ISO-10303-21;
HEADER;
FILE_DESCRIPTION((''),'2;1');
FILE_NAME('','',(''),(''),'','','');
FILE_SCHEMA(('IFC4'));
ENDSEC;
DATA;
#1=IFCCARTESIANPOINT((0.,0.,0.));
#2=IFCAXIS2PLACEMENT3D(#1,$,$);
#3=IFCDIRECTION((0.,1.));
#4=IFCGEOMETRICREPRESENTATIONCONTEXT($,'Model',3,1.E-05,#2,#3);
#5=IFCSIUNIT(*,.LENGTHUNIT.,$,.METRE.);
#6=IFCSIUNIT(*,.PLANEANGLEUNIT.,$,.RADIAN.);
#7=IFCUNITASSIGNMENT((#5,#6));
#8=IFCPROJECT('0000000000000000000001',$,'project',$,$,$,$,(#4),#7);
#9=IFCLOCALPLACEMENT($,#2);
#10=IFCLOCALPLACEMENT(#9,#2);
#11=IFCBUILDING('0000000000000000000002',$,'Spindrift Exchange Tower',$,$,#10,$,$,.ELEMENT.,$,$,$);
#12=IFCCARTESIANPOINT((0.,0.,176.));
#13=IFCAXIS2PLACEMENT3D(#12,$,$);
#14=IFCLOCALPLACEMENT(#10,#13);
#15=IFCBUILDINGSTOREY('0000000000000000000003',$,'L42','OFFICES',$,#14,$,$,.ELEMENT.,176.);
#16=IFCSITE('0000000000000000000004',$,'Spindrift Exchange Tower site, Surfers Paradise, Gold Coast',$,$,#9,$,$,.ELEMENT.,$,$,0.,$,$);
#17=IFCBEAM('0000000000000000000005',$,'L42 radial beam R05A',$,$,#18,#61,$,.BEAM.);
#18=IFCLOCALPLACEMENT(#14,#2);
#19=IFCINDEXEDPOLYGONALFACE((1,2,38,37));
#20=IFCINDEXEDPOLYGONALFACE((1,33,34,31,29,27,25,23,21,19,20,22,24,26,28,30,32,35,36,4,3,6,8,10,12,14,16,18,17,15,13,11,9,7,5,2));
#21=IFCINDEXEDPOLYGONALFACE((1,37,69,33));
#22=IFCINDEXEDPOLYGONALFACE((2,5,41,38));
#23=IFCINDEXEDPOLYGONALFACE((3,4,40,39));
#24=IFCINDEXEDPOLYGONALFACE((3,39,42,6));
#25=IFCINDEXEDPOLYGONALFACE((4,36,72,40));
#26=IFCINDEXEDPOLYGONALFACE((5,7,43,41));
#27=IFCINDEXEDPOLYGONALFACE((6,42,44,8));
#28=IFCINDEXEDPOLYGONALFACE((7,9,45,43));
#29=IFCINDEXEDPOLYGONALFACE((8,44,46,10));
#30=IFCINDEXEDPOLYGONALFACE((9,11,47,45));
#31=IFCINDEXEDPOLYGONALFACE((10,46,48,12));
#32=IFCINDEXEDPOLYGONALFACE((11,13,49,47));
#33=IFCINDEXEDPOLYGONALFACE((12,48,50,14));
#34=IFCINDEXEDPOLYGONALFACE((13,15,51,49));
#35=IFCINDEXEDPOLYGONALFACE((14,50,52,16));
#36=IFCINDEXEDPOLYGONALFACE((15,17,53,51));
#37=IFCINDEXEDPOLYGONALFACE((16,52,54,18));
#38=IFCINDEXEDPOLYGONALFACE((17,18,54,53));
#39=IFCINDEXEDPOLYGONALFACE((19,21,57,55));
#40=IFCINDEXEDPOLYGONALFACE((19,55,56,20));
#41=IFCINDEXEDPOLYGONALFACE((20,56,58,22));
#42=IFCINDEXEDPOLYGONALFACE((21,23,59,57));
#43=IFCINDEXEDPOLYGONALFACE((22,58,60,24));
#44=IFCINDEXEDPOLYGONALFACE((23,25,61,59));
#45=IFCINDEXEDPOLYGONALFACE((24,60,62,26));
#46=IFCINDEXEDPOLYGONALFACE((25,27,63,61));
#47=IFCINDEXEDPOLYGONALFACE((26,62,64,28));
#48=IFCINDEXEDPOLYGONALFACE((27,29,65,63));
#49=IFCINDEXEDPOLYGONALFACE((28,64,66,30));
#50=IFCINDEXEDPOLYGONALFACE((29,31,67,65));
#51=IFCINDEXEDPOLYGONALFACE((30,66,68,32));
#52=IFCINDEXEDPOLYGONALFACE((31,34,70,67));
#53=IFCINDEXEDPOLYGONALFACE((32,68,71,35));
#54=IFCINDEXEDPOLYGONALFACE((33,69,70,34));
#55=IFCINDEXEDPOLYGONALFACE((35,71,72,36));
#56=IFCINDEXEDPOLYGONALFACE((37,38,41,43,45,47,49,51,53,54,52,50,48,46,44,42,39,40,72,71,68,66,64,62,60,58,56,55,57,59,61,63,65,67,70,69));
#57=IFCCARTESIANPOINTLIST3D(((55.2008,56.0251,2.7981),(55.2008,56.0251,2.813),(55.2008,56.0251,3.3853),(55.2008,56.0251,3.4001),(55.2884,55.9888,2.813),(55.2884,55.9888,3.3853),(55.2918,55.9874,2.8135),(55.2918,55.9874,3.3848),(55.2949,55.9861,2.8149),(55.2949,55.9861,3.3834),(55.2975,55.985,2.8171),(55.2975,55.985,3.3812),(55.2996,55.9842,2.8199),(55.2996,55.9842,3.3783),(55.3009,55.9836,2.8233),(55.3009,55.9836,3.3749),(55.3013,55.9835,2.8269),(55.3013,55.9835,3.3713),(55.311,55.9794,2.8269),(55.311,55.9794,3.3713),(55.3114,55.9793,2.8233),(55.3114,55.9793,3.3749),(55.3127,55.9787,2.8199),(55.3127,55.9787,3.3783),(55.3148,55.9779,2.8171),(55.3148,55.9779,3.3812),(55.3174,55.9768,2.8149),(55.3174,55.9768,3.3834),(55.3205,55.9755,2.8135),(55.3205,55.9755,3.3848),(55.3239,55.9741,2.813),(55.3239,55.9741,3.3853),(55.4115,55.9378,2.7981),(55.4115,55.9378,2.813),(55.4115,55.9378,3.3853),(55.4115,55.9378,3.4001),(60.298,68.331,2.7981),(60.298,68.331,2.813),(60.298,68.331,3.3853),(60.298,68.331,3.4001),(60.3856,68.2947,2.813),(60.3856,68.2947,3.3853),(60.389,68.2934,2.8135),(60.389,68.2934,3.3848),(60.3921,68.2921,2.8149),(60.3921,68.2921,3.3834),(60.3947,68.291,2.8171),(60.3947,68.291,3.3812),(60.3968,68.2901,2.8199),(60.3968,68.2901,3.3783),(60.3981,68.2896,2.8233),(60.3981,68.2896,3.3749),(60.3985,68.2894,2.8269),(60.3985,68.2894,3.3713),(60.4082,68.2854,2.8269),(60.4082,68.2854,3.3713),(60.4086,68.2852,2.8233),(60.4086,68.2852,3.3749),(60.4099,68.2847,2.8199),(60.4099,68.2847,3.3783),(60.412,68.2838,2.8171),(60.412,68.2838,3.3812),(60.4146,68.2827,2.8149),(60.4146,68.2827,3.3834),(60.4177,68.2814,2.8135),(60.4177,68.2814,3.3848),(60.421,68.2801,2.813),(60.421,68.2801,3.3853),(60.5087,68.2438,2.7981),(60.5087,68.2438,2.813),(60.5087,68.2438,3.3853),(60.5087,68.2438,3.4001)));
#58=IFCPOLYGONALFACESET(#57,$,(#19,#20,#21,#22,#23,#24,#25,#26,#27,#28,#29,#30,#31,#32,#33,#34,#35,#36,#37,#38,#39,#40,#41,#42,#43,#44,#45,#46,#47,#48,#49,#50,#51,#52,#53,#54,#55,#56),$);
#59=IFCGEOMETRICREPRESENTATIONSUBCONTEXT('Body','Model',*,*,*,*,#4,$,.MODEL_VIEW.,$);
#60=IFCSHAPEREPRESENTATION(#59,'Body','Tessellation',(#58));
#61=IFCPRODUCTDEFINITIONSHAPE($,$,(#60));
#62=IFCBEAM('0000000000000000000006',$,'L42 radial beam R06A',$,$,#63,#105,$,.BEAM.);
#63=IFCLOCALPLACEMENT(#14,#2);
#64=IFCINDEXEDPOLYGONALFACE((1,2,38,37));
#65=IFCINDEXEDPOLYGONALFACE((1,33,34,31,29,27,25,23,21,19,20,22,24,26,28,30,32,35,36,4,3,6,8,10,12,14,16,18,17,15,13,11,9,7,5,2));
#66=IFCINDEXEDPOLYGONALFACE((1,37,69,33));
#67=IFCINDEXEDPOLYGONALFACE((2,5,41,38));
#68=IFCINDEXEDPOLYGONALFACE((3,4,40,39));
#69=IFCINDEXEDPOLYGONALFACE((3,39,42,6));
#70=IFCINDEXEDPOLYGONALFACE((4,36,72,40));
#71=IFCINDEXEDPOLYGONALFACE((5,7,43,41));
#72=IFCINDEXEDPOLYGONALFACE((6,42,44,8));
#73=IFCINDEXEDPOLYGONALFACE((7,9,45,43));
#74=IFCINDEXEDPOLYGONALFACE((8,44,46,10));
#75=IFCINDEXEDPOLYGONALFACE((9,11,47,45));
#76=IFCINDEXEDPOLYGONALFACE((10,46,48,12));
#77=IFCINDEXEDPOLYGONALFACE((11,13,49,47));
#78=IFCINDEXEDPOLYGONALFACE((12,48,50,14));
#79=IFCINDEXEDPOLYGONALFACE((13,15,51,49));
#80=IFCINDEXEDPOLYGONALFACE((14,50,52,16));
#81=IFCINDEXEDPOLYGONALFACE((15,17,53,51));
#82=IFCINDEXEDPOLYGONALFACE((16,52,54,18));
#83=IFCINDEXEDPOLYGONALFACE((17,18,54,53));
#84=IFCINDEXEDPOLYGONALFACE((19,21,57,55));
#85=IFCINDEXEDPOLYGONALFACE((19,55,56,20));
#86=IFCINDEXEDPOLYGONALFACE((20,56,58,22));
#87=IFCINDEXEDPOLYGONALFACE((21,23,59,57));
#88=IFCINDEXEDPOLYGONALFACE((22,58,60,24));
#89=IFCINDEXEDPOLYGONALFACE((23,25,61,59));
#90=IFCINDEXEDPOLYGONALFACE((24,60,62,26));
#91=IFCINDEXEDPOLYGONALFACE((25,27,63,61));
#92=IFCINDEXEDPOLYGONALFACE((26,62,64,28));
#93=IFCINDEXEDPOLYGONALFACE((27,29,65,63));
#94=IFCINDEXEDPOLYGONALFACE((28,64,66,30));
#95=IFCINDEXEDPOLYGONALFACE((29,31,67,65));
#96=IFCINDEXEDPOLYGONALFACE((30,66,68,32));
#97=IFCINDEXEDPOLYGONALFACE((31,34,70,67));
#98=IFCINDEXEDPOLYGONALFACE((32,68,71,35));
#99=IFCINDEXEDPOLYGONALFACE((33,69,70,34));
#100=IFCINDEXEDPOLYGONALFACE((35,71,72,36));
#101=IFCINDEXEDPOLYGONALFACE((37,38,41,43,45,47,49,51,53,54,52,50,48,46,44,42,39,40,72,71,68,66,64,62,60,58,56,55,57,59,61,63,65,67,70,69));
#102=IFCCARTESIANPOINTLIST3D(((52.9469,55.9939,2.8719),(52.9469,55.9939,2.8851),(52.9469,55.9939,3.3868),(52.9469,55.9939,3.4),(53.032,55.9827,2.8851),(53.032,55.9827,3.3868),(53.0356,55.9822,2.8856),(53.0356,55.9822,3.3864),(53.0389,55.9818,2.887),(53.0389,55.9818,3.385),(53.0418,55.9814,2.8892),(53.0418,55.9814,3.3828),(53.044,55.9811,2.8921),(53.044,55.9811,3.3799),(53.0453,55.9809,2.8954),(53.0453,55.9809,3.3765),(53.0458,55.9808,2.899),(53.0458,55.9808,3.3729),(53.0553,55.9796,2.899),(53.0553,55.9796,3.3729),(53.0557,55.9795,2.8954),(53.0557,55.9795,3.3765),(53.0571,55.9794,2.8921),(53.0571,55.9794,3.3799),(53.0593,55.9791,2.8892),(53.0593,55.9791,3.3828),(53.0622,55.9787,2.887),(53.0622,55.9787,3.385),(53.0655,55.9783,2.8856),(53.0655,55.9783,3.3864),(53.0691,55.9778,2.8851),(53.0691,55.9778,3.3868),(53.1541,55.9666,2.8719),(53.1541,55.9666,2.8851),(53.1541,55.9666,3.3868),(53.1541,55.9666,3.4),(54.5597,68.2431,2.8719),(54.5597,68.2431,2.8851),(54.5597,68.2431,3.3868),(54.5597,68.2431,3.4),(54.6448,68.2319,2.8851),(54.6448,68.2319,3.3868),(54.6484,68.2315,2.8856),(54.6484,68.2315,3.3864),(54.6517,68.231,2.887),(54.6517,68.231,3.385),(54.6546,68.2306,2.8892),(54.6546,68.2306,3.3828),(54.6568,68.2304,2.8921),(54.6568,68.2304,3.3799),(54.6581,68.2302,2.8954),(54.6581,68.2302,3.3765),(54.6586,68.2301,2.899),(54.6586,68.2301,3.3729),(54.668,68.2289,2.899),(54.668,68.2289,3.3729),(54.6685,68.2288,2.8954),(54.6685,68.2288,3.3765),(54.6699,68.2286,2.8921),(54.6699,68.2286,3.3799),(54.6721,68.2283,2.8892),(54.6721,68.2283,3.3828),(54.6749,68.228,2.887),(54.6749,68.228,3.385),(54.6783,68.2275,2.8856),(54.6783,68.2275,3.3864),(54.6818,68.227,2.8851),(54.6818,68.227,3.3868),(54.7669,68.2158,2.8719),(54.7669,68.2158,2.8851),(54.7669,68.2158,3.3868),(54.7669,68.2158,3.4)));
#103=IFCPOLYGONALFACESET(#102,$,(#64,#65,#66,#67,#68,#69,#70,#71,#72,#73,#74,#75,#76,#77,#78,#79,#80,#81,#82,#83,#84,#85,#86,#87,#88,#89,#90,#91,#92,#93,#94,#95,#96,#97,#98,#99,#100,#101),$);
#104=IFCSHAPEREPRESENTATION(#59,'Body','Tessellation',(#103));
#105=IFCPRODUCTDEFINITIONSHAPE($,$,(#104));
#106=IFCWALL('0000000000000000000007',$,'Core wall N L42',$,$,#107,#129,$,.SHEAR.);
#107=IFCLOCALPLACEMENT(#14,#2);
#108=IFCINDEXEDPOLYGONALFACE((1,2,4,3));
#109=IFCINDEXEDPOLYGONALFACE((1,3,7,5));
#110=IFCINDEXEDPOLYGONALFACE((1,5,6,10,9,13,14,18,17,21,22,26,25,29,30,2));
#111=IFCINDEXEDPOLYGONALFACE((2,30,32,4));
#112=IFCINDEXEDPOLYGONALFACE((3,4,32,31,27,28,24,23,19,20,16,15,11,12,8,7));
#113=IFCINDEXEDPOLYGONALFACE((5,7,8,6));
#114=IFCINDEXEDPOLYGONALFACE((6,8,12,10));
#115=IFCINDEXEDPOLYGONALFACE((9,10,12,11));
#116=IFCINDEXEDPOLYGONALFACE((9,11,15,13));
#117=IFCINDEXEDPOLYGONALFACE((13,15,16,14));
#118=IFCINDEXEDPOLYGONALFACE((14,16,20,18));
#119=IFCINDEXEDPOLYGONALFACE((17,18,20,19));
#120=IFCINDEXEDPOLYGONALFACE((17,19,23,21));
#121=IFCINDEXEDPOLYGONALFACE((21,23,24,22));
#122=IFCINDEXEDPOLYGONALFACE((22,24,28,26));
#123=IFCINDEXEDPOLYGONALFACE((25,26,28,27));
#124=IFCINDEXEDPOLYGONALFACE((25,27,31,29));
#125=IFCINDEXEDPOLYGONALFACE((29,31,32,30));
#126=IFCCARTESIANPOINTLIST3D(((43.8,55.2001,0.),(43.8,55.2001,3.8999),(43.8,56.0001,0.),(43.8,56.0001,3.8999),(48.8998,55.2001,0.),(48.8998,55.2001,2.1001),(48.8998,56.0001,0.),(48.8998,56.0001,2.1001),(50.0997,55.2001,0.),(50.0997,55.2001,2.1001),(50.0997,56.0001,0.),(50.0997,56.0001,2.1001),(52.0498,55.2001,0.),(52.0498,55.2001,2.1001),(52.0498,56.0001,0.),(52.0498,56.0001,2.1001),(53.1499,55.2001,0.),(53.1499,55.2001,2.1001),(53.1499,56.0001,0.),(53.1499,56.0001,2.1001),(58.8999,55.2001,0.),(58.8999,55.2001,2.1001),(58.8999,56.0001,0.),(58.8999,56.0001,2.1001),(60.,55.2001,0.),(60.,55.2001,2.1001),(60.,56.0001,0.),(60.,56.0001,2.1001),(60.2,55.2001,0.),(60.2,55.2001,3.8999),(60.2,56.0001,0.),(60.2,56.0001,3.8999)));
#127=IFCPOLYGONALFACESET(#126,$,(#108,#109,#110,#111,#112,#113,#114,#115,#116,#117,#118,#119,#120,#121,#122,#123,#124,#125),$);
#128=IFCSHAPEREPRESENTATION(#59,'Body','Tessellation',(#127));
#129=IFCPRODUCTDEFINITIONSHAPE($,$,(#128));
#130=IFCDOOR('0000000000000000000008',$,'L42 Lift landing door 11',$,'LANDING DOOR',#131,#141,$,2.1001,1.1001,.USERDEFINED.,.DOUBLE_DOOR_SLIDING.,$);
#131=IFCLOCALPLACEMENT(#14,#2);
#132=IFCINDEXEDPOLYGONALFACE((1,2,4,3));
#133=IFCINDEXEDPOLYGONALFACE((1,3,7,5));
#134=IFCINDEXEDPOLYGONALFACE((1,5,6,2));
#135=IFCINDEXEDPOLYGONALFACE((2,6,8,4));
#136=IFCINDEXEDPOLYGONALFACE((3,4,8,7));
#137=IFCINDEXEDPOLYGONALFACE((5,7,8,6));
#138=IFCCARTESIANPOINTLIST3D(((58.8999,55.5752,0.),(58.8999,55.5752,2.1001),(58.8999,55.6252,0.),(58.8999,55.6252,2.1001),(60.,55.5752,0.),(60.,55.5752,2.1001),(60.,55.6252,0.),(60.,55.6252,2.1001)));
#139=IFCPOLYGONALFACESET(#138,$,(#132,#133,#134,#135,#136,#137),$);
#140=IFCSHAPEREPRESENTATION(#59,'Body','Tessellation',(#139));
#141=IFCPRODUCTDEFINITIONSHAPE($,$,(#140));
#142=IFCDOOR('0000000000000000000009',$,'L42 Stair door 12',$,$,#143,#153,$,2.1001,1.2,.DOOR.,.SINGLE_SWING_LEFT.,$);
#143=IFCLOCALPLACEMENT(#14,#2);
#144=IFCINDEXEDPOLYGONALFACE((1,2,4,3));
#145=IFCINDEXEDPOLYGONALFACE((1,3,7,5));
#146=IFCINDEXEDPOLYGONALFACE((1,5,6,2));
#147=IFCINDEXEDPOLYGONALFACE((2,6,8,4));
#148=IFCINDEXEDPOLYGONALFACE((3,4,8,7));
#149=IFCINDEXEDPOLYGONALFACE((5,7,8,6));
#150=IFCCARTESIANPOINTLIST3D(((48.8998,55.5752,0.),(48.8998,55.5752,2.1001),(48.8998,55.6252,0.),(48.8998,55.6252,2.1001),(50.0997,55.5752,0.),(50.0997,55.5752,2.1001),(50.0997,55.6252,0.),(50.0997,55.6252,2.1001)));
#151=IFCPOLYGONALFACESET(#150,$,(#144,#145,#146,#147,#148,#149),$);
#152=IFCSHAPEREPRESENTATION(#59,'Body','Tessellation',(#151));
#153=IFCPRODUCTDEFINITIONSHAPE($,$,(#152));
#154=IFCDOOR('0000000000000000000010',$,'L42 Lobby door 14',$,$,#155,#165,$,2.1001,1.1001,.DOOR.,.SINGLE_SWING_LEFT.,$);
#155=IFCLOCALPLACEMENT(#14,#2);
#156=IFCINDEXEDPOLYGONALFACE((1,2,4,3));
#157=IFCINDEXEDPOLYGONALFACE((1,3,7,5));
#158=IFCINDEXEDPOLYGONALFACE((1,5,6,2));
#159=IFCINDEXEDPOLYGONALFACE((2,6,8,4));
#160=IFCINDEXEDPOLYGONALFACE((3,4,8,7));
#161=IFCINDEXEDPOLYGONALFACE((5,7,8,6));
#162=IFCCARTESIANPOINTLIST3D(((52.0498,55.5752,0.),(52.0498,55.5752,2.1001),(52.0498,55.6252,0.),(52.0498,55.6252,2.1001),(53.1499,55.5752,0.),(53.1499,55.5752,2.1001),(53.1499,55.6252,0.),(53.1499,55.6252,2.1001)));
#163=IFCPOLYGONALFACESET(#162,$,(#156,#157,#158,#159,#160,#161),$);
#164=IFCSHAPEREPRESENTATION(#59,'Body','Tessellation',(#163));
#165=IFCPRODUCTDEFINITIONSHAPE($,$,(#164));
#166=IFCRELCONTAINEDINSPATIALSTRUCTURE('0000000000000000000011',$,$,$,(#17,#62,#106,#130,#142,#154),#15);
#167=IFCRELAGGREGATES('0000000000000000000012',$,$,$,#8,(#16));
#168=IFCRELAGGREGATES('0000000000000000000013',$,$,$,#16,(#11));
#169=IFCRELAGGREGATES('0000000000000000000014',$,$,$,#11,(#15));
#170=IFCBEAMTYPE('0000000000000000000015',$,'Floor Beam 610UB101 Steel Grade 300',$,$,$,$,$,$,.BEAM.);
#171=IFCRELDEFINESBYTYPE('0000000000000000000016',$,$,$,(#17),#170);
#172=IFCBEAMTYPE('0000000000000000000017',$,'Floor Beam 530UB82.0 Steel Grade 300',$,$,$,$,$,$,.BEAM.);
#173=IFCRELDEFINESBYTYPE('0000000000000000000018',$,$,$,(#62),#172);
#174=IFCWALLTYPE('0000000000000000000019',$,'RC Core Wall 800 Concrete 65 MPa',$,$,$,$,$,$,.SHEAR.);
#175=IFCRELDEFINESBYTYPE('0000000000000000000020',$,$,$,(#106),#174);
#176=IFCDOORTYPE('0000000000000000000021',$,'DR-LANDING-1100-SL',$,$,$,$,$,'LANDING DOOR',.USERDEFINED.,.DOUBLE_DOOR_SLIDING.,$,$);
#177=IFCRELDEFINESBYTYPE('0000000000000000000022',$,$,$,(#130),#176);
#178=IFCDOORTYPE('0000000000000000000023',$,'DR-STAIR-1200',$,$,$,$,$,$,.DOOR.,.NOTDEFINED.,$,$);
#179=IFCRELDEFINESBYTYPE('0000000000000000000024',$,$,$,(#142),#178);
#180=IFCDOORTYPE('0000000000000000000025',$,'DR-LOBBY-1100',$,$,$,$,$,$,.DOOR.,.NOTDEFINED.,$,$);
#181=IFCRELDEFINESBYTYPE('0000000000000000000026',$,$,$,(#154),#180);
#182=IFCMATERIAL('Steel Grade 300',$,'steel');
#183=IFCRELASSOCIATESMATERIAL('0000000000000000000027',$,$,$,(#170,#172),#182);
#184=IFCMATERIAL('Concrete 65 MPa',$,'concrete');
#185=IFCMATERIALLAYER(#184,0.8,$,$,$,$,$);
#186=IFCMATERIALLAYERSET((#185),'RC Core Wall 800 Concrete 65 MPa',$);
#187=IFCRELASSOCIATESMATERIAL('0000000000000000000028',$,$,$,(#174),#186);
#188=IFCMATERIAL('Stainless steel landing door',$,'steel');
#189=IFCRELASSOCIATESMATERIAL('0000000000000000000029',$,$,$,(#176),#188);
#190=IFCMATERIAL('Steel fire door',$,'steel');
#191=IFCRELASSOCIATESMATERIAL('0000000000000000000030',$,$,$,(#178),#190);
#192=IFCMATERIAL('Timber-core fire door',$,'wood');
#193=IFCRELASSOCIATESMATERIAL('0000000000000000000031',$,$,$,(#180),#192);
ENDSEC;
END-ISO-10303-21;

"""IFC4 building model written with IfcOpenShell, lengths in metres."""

from ifc_helpers import new_model, si_unit, direction, frame, frame_2d, origin, origin_2d, place, context, subcontext, project, spatial, rectangle, i_section, extrude, source, transform, mapped, material, layer, layer_set, material_profile, profile_set, type_object, element, fill, save


model = new_model("IFC4")

# Units and contexts
model_context = context("Model", 3, precision=1e-05, world=origin(), true_north=direction((0.0, 1.0)))
body_context = subcontext(model_context, "Body", "Model", "MODEL_VIEW")
ifc_project = project(units=[si_unit("LENGTHUNIT", "METRE"), si_unit("PLANEANGLEUNIT", "RADIAN")], contexts=[model_context])

# Site, building, storey
site_placement = place(None, origin())
site = spatial("IfcSite", under=ifc_project, at=site_placement, Name="Spindrift Exchange Tower site, Surfers Paradise, Gold Coast", CompositionType="ELEMENT", RefElevation=0.0)
building_placement = place(site_placement, origin())
building = spatial("IfcBuilding", under=site, at=building_placement, Name="Spindrift Exchange Tower", CompositionType="ELEMENT")
storey_placement = place(building_placement, frame((0.0, 0.0, 176.0)))
storey = spatial("IfcBuildingStorey", under=building, at=storey_placement, Name="L42", Description="OFFICES", CompositionType="ELEMENT", Elevation=176.0)

# Beams
ifc_material_1 = material(Name="Steel Grade 300", Category="steel")
ifc_material_profile_1 = material_profile(ifc_material_1, i_section(OverallWidth=0.228, OverallDepth=0.6021, WebThickness=0.0105, FlangeThickness=0.0149, FilletRadius=0.0139, at=origin_2d()), Name="610UB101")
ifc_profile_set_1 = profile_set([ifc_material_profile_1], Name="Steel Grade 300")
beam_type_1 = type_object("IfcBeamType", Name="Floor Beam 610UB101 Steel Grade 300", PredefinedType="BEAM", material=ifc_profile_set_1)
shared_shape_1 = source(origin(), body_context, "Body", "SweptSolid", [
    extrude(i_section(OverallWidth=0.228, OverallDepth=0.6021, WebThickness=0.0105, FlangeThickness=0.0149, FilletRadius=0.0139, at=origin_2d()), origin(), (0.0, 0.0, 1.0), 13.3198),
])
beam_1_placement = place(storey_placement, frame((55.3062, 55.9814, 3.0991), z_axis=(0.382677, 0.923882, 0.0), x_axis=(-0.923882, 0.382677, 0.0)))
element("IfcBeam", 1, at=beam_1_placement, inside=storey, type_object=beam_type_1, Name="L42 radial beam R05A", PredefinedType="BEAM", context=body_context, shape_type="MappedRepresentation", body=[
    mapped(shared_shape_1, transform((0.0, 0.0, 0.0), scale=1.0)),
])
ifc_material_profile_2 = material_profile(ifc_material_1, i_section(OverallWidth=0.209, OverallDepth=0.5281, WebThickness=0.0095, FlangeThickness=0.0132, FilletRadius=0.0139, at=origin_2d()), Name="530UB82.0")
ifc_profile_set_2 = profile_set([ifc_material_profile_2], Name="Steel Grade 300")
beam_type_2 = type_object("IfcBeamType", Name="Floor Beam 530UB82.0 Steel Grade 300", PredefinedType="BEAM", material=ifc_profile_set_2)
shared_shape_2 = source(origin(), body_context, "Body", "SweptSolid", [
    extrude(i_section(OverallWidth=0.209, OverallDepth=0.5281, WebThickness=0.0095, FlangeThickness=0.0132, FilletRadius=0.0139, at=origin_2d()), origin(), (0.0, 0.0, 1.0), 12.355),
])
beam_2_placement = place(storey_placement, frame((53.0505, 55.9802, 3.136), z_axis=(0.130538, 0.991443, 0.0), x_axis=(-0.991443, 0.130538, 0.0)))
element("IfcBeam", 2, at=beam_2_placement, inside=storey, type_object=beam_type_2, Name="L42 radial beam R06A", PredefinedType="BEAM", context=body_context, shape_type="MappedRepresentation", body=[
    mapped(shared_shape_2, transform((0.0, 0.0, 0.0), scale=1.0)),
])

# Wall, openings, doors
ifc_material_2 = material(Name="Concrete 65 MPa", Category="concrete")
ifc_layer_1 = layer(ifc_material_2, 0.8)
ifc_layer_set_1 = layer_set([ifc_layer_1], Name="RC Core Wall 800 Concrete 65 MPa")
wall_type_1 = type_object("IfcWallType", Name="RC Core Wall 800 Concrete 65 MPa", PredefinedType="SHEAR", material=ifc_layer_set_1)
wall_1_placement = place(storey_placement, frame((60.2, 55.6001, 0.0), z_axis=(0.0, 0.0, 1.0), x_axis=(-1.0, 0.0, 0.0)))
wall_1 = element("IfcWall", 3, at=wall_1_placement, inside=storey, type_object=wall_type_1, Name="Core wall N L42", PredefinedType="SHEAR", context=body_context, shape_type="SweptSolid", body=[
    extrude(rectangle(XDim=16.3999, YDim=0.8, at=frame_2d((8.2, 0.0))), origin(), (0.0, 0.0, 1.0), 3.8999),
])
opening_1_placement = place(wall_1_placement, frame((0.2, 0.0, 0.0)))
opening_1 = element("IfcOpeningElement", 4, at=opening_1_placement, cuts=wall_1, PredefinedType="OPENING", context=body_context, shape_type="SweptSolid", body=[
    extrude(rectangle(XDim=1.1001, YDim=2.1001, at=frame_2d((0.55, 1.05))), frame((0.0, 0.4099, 0.0), z_axis=(0.0, -1.0, 0.0), x_axis=(1.0, 0.0, 0.0)), (0.0, 0.0, 1.0), 0.8201),
])
opening_2_placement = place(wall_1_placement, frame((10.1001, 0.0, 0.0)))
opening_2 = element("IfcOpeningElement", 5, at=opening_2_placement, cuts=wall_1, PredefinedType="OPENING", context=body_context, shape_type="SweptSolid", body=[
    extrude(rectangle(XDim=1.2, YDim=2.1001, at=frame_2d((0.6001, 1.05))), frame((0.0, 0.4099, 0.0), z_axis=(0.0, -1.0, 0.0), x_axis=(1.0, 0.0, 0.0)), (0.0, 0.0, 1.0), 0.8201),
])
opening_3_placement = place(wall_1_placement, frame((7.05, 0.0, 0.0)))
opening_3 = element("IfcOpeningElement", 6, at=opening_3_placement, cuts=wall_1, PredefinedType="OPENING", context=body_context, shape_type="SweptSolid", body=[
    extrude(rectangle(XDim=1.1001, YDim=2.1001, at=frame_2d((0.55, 1.05))), frame((0.0, 0.4099, 0.0), z_axis=(0.0, -1.0, 0.0), x_axis=(1.0, 0.0, 0.0)), (0.0, 0.0, 1.0), 0.8201),
])
ifc_material_3 = material(Name="Stainless steel landing door", Category="steel")
door_type_1 = type_object("IfcDoorType", Name="DR-LANDING-1100-SL", ElementType="LANDING DOOR", OperationType="DOUBLE_DOOR_SLIDING", PredefinedType="USERDEFINED", material=ifc_material_3)
shared_shape_3 = source(origin(), body_context, "Body", "SweptSolid", [
    extrude(rectangle(XDim=1.1001, YDim=2.1001, at=frame_2d((0.55, 1.05))), frame((0.0, 0.0249, 0.0), z_axis=(0.0, -1.0, 0.0), x_axis=(1.0, 0.0, 0.0)), (0.0, 0.0, 1.0), 0.05),
])
door_1_placement = place(opening_1_placement, origin())
door_1 = element("IfcDoor", 7, at=door_1_placement, inside=storey, type_object=door_type_1, Name="L42 Lift landing door 11", ObjectType="LANDING DOOR", OperationType="DOUBLE_DOOR_SLIDING", OverallHeight=2.1001, OverallWidth=1.1001, PredefinedType="USERDEFINED", context=body_context, shape_type="MappedRepresentation", body=[
    mapped(shared_shape_3, transform((0.0, 0.0, 0.0), scale=1.0)),
])
fill(opening_1, door_1)
ifc_material_4 = material(Name="Steel fire door", Category="steel")
door_type_2 = type_object("IfcDoorType", Name="DR-STAIR-1200", OperationType="NOTDEFINED", PredefinedType="DOOR", material=ifc_material_4)
shared_shape_4 = source(origin(), body_context, "Body", "SweptSolid", [
    extrude(rectangle(XDim=1.2, YDim=2.1001, at=frame_2d((0.6001, 1.05))), frame((0.0, 0.0249, 0.0), z_axis=(0.0, -1.0, 0.0), x_axis=(1.0, 0.0, 0.0)), (0.0, 0.0, 1.0), 0.05),
])
door_2_placement = place(opening_2_placement, origin())
door_2 = element("IfcDoor", 8, at=door_2_placement, inside=storey, type_object=door_type_2, Name="L42 Stair door 12", OperationType="SINGLE_SWING_LEFT", OverallHeight=2.1001, OverallWidth=1.2, PredefinedType="DOOR", context=body_context, shape_type="MappedRepresentation", body=[
    mapped(shared_shape_4, transform((0.0, 0.0, 0.0), scale=1.0)),
])
fill(opening_2, door_2)
ifc_material_5 = material(Name="Timber-core fire door", Category="wood")
door_type_3 = type_object("IfcDoorType", Name="DR-LOBBY-1100", OperationType="NOTDEFINED", PredefinedType="DOOR", material=ifc_material_5)
shared_shape_5 = source(origin(), body_context, "Body", "SweptSolid", [
    extrude(rectangle(XDim=1.1001, YDim=2.1001, at=frame_2d((0.55, 1.05))), frame((0.0, 0.0249, 0.0), z_axis=(0.0, -1.0, 0.0), x_axis=(1.0, 0.0, 0.0)), (0.0, 0.0, 1.0), 0.05),
])
door_3_placement = place(opening_3_placement, origin())
door_3 = element("IfcDoor", 9, at=door_3_placement, inside=storey, type_object=door_type_3, Name="L42 Lobby door 14", OperationType="SINGLE_SWING_LEFT", OverallHeight=2.1001, OverallWidth=1.1001, PredefinedType="DOOR", context=body_context, shape_type="MappedRepresentation", body=[
    mapped(shared_shape_5, transform((0.0, 0.0, 0.0), scale=1.0)),
])
fill(opening_3, door_3)

save(model, "model.ifc")
